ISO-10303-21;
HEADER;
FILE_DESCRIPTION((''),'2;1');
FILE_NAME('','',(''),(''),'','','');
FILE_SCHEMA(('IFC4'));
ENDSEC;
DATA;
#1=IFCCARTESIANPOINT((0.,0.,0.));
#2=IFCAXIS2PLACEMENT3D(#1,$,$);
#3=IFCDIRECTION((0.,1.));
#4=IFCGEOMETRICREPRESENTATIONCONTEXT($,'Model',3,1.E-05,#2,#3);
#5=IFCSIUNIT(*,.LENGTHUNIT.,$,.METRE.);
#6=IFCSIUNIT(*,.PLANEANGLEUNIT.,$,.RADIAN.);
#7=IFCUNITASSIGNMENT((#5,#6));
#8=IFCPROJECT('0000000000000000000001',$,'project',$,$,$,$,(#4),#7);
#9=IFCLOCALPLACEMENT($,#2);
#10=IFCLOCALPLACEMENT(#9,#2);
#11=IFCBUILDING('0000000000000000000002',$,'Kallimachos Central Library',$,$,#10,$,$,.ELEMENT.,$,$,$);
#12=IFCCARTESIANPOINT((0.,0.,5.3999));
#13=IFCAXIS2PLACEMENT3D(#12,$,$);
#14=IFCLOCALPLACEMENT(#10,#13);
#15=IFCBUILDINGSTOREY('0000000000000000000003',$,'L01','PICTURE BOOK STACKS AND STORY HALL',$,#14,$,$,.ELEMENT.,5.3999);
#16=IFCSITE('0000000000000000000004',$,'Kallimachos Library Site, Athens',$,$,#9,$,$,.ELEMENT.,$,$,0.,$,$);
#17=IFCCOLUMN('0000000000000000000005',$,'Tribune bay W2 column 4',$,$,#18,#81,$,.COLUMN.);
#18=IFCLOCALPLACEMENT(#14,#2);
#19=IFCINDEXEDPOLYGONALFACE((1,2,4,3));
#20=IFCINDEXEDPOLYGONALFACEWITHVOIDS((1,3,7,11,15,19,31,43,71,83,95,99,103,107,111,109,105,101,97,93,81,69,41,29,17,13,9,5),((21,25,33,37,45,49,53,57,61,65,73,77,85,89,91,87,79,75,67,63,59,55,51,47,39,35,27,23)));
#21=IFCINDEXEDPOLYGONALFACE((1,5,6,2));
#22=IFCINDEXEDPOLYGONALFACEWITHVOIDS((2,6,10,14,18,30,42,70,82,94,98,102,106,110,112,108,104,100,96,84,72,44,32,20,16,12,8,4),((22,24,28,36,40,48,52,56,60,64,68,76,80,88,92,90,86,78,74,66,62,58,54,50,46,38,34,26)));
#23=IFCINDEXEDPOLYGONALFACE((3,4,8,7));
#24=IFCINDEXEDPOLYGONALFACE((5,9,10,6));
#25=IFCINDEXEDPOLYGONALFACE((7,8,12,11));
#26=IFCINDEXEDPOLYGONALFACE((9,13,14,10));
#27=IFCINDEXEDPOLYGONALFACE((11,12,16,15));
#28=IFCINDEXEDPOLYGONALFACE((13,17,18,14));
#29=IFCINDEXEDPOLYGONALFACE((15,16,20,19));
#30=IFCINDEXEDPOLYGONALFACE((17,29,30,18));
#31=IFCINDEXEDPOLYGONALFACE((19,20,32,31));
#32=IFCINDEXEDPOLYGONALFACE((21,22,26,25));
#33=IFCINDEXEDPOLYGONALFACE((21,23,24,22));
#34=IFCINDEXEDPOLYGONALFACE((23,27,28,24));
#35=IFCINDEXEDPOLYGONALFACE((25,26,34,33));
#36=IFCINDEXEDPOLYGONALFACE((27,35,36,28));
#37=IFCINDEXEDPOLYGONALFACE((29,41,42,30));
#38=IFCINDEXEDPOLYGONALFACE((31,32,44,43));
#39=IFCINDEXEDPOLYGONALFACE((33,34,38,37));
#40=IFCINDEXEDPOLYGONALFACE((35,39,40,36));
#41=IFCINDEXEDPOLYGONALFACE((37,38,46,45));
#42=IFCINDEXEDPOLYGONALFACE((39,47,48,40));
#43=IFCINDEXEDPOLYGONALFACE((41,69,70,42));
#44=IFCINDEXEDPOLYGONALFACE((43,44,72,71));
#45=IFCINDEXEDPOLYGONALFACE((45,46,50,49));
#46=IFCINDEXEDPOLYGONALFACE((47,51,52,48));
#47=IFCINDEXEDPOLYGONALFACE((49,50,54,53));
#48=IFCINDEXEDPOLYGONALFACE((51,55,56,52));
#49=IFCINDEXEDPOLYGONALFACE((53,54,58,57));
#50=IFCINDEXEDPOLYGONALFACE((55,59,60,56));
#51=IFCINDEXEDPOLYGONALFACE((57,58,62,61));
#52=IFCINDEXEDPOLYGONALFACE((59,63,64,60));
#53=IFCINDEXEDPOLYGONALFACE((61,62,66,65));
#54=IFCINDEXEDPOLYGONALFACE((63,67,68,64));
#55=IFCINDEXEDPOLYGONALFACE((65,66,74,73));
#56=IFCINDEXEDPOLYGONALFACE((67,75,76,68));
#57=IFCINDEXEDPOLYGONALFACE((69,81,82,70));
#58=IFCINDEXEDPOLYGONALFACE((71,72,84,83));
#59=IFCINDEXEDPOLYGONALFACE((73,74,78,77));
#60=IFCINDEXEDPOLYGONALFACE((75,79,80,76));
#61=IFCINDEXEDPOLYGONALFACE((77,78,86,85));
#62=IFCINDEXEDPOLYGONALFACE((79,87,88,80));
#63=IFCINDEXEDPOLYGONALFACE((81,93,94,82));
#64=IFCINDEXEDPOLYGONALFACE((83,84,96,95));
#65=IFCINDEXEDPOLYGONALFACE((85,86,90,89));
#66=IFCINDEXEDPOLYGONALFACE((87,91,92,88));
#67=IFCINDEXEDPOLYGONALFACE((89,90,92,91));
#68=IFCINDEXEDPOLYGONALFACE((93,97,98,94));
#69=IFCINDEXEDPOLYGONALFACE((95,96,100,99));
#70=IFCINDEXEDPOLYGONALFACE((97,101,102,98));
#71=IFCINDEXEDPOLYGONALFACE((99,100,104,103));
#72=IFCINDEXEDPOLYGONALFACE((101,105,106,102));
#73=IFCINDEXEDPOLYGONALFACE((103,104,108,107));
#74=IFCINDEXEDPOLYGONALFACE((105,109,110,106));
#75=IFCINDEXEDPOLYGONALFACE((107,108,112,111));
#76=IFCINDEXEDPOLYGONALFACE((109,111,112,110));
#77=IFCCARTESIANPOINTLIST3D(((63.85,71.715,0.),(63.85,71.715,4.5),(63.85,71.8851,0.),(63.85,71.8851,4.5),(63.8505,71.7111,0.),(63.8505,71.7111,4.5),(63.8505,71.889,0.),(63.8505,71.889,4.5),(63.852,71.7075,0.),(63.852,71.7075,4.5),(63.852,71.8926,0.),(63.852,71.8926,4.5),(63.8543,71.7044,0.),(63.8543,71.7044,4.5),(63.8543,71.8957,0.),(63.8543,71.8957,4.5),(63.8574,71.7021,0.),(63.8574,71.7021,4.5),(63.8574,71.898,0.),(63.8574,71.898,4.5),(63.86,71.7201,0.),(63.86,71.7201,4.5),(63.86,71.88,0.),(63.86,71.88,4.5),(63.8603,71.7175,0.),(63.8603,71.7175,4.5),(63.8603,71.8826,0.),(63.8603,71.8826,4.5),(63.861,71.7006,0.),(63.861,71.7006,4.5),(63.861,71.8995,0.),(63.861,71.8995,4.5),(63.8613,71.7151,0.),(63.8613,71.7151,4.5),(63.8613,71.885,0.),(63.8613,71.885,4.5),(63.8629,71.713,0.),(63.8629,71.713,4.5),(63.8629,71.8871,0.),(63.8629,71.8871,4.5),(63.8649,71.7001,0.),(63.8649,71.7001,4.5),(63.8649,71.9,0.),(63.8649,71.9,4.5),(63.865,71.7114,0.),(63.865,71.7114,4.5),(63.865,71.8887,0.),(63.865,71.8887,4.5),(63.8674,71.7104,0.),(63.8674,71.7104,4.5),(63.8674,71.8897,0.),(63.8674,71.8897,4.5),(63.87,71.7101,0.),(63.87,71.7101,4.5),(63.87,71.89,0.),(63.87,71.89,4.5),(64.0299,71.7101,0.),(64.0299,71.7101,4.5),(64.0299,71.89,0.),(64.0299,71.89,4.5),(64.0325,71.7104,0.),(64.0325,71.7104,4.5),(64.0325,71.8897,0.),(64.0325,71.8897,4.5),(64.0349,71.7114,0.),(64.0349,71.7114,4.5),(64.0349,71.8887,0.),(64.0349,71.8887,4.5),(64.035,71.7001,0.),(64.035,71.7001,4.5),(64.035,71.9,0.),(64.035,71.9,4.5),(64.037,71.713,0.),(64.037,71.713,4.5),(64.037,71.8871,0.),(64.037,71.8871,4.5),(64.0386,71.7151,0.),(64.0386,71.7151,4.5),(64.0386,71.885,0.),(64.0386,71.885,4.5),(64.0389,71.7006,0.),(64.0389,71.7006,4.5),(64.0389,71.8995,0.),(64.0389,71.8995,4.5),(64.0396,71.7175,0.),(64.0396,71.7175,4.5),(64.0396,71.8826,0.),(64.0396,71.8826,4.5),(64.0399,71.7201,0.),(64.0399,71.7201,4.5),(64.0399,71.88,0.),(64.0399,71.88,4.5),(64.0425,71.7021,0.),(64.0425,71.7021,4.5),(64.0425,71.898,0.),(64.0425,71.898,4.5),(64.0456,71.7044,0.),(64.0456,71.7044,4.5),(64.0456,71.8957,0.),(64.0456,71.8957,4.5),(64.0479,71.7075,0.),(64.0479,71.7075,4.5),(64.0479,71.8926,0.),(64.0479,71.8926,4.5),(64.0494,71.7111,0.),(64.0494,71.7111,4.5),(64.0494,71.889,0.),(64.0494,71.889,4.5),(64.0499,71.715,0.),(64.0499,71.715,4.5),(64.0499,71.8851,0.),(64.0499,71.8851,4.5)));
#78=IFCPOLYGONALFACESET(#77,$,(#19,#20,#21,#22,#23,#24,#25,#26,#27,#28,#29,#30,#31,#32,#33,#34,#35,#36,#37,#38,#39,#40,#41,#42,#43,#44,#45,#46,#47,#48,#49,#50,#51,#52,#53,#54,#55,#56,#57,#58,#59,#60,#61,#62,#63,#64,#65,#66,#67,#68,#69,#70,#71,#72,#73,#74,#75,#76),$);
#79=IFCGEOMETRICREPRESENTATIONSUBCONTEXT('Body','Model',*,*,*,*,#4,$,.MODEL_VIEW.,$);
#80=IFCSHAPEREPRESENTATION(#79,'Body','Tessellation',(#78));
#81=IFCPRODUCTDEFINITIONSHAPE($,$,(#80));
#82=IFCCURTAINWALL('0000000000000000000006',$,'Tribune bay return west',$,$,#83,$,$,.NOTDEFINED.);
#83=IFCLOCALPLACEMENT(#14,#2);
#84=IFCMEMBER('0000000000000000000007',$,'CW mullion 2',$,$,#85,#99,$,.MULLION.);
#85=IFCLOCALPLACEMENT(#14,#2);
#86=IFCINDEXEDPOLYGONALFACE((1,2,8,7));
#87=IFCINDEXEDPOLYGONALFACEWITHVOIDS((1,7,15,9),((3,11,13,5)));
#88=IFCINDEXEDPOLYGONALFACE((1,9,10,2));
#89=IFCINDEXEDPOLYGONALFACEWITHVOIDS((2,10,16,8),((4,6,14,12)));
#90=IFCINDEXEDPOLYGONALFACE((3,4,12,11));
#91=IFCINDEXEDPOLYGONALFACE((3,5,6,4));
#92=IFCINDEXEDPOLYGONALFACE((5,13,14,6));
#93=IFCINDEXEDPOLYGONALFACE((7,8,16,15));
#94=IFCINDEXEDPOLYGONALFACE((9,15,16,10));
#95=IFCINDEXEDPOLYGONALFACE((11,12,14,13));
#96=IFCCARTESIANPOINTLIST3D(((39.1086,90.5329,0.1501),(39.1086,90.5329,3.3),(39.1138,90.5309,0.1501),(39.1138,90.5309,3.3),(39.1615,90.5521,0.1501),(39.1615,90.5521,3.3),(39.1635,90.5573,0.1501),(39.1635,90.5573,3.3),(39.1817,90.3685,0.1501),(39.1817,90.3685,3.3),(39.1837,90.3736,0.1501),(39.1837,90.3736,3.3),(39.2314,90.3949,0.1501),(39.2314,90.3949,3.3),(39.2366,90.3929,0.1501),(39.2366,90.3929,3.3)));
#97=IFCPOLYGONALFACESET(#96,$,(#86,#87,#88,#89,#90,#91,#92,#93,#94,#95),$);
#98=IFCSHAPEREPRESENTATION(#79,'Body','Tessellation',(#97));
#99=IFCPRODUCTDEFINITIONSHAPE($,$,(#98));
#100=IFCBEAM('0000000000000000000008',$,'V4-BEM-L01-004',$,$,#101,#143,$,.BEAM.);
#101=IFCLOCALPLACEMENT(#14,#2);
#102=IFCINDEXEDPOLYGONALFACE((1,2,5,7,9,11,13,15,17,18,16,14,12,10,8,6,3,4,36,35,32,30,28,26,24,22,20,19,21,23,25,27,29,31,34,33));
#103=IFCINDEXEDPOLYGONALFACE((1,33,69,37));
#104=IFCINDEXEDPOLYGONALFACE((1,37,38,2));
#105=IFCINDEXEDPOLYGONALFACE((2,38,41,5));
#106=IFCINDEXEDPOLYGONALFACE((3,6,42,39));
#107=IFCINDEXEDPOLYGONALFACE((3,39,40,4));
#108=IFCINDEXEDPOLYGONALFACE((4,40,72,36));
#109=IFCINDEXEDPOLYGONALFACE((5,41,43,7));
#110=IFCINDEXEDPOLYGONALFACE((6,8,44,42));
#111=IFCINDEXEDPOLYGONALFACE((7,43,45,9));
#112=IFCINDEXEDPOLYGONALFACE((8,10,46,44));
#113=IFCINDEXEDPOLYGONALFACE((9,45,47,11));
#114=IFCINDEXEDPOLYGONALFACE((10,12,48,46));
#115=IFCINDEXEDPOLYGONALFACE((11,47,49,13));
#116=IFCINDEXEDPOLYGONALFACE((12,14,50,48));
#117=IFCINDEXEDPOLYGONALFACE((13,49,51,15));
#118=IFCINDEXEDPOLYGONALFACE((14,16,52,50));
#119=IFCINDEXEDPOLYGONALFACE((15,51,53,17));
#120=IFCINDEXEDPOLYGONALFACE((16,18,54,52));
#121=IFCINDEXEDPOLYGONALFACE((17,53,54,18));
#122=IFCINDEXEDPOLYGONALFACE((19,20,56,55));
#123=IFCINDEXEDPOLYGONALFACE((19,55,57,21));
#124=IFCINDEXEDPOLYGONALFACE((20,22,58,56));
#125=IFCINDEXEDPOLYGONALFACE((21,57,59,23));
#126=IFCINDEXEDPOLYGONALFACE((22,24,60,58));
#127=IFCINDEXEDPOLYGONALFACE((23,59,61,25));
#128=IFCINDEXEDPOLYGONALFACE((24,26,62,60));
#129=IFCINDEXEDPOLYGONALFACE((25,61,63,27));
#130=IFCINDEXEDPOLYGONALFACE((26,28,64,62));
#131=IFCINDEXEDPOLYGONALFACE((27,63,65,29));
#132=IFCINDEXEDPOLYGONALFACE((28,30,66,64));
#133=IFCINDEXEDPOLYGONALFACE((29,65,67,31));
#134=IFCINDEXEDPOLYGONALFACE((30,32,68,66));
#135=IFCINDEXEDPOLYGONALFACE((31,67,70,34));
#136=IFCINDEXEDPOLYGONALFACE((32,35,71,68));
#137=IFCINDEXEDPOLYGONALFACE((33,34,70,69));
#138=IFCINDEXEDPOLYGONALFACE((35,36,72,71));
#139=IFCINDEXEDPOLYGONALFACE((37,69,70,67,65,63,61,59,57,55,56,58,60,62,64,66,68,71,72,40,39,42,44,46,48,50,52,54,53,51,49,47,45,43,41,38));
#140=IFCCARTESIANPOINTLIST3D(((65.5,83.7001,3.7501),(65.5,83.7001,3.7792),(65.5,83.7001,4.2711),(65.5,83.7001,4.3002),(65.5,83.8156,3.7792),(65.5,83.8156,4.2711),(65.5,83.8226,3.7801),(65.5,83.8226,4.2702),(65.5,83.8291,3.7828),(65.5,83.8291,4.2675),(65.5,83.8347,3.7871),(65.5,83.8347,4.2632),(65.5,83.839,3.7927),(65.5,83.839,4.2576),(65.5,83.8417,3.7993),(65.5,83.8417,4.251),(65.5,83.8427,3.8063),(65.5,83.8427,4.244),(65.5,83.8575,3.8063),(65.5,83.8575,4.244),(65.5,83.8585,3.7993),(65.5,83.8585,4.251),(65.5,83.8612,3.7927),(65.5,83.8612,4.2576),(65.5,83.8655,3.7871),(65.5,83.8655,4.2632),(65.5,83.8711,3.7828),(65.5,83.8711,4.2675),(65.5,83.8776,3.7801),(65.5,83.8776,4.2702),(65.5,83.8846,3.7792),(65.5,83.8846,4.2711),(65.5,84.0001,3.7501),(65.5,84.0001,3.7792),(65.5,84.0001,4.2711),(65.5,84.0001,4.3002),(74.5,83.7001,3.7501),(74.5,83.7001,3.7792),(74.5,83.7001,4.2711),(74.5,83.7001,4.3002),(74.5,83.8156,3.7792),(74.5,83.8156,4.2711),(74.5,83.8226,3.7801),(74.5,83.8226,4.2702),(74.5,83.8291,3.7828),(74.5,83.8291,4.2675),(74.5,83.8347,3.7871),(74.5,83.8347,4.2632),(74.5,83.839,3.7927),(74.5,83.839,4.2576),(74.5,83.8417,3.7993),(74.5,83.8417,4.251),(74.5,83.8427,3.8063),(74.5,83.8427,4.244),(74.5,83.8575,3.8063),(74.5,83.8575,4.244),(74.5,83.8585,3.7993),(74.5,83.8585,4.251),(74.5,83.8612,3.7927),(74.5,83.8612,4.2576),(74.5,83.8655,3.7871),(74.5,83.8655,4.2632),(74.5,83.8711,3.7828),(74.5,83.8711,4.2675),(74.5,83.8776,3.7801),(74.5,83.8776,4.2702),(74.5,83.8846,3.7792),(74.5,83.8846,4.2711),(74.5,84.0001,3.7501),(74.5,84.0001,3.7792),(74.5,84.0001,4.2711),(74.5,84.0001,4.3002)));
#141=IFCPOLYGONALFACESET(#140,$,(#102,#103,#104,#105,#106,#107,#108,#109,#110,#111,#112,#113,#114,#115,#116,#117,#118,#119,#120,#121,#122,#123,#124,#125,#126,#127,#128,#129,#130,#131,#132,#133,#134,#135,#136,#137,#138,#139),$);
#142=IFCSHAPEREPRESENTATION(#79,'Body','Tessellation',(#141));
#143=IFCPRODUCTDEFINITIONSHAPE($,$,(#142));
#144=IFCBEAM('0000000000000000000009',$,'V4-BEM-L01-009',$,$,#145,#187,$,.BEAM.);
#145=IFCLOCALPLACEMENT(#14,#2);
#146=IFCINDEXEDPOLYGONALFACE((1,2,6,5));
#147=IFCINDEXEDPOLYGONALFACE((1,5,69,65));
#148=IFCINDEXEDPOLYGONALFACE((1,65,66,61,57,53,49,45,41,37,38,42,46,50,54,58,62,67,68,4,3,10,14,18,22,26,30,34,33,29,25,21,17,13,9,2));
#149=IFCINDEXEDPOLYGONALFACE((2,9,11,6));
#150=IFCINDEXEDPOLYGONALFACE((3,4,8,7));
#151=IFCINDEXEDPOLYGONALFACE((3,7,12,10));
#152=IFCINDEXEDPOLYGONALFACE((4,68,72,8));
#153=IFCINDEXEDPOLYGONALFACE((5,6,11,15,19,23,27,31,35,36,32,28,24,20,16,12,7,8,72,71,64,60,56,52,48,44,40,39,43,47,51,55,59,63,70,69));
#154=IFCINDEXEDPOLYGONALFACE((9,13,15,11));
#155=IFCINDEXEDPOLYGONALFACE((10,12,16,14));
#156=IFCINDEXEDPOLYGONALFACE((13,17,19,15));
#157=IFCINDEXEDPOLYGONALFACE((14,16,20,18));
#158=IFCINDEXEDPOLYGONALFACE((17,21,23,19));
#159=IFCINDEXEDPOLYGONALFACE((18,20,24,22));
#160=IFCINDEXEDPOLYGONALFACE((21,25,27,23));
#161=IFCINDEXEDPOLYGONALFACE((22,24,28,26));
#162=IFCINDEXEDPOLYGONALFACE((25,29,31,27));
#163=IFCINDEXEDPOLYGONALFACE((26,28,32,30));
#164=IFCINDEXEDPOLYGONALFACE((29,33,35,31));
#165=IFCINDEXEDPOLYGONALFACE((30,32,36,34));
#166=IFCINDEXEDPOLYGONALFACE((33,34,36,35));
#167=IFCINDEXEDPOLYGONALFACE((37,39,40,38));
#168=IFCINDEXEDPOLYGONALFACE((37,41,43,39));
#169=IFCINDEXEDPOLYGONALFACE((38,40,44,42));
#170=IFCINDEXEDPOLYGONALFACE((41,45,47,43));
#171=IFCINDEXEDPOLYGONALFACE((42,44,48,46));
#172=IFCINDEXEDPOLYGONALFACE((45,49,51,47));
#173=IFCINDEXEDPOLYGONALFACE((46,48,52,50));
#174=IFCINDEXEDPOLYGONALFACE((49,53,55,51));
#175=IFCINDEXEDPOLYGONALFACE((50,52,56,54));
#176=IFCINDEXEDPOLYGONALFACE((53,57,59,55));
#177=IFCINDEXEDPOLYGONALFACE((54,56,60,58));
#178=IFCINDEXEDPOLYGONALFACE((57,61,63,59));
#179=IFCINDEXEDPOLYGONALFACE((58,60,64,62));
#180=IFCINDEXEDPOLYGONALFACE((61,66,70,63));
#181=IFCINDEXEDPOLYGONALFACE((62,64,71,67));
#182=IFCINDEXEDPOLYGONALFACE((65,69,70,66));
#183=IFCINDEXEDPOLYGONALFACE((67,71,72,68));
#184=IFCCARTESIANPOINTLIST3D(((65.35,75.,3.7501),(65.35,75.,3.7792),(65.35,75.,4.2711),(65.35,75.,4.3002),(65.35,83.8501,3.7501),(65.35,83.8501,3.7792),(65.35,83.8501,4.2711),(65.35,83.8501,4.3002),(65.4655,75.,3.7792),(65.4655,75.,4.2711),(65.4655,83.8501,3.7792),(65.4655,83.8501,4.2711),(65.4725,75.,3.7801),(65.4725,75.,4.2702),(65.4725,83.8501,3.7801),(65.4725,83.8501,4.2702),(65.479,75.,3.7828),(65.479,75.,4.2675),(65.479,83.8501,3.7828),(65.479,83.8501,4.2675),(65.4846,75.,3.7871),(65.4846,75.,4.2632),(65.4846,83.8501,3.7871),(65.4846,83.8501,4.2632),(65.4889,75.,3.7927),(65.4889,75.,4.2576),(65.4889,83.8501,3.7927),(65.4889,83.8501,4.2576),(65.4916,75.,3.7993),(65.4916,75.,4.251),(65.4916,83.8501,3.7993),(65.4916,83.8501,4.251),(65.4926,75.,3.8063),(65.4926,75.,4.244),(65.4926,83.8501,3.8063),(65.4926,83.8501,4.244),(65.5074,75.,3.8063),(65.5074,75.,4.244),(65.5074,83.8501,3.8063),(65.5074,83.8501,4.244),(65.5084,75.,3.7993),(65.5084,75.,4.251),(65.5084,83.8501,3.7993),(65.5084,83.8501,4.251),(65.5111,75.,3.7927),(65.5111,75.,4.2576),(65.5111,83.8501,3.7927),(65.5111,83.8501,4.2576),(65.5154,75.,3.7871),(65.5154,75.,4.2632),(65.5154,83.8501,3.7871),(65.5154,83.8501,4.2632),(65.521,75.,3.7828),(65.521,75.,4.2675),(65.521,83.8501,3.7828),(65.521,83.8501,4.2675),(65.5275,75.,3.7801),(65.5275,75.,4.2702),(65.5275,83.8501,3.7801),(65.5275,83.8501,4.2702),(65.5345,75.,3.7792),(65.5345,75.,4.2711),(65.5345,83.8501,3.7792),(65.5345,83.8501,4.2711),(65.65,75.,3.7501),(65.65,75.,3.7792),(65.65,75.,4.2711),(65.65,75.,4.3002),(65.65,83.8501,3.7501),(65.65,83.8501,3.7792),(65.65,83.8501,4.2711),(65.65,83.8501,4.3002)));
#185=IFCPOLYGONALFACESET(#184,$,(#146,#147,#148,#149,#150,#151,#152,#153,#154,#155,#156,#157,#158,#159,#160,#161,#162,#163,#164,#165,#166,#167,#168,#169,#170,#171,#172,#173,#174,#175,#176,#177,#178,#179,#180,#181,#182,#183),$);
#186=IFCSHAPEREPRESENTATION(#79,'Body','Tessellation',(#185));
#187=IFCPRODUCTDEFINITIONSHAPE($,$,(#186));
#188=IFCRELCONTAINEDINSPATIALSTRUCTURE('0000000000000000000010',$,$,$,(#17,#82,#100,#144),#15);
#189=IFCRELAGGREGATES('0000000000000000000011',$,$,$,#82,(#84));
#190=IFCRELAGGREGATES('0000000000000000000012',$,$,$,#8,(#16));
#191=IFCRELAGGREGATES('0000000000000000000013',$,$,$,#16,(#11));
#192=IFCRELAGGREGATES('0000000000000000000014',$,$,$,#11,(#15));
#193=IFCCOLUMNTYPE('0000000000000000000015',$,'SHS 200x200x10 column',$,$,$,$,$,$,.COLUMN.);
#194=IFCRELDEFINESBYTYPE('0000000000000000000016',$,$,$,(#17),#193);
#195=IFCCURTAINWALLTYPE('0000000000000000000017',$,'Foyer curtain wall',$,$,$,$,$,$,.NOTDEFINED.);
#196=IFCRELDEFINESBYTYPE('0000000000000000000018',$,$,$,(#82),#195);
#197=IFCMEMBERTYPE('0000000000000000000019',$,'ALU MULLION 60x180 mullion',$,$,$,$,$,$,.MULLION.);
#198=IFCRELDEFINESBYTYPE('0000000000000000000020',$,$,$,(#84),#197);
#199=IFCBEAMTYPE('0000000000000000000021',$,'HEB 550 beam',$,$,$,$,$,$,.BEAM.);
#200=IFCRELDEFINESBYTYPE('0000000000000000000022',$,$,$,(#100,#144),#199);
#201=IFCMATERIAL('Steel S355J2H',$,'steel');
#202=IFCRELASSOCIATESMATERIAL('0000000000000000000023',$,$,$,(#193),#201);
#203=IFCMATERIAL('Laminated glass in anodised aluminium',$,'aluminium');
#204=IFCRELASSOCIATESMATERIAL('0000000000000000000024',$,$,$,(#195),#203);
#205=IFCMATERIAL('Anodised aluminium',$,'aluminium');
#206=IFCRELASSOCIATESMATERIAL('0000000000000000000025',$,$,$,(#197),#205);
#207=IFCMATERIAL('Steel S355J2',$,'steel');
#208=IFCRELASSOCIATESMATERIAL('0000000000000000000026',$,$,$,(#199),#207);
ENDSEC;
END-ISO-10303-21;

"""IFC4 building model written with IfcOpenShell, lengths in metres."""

from ifc_helpers import new_model, si_unit, direction, frame, origin, origin_2d, place, context, subcontext, project, spatial, hollow_rectangle, i_section, extrude, material, material_profile, profile_set, type_object, element, aggregate, save


model = new_model("IFC4")

# Units and contexts
model_context = context("Model", 3, precision=1e-05, world=origin(), true_north=direction((0.0, 1.0)))
body_context = subcontext(model_context, "Body", "Model", "MODEL_VIEW")
ifc_project = project(units=[si_unit("LENGTHUNIT", "METRE"), si_unit("PLANEANGLEUNIT", "RADIAN")], contexts=[model_context])

# Site, building, storey
site_placement = place(None, origin())
site = spatial("IfcSite", under=ifc_project, at=site_placement, Name="Kallimachos Library Site, Athens", CompositionType="ELEMENT", RefElevation=0.0)
building_placement = place(site_placement, origin())
building = spatial("IfcBuilding", under=site, at=building_placement, Name="Kallimachos Central Library", CompositionType="ELEMENT")
storey_placement = place(building_placement, frame((0.0, 0.0, 5.3999)))
storey = spatial("IfcBuildingStorey", under=building, at=storey_placement, Name="L01", Description="PICTURE BOOK STACKS AND STORY HALL", CompositionType="ELEMENT", Elevation=5.3999)

# Column
ifc_material_1 = material(Name="Steel S355J2H", Category="steel")
ifc_material_profile_1 = material_profile(ifc_material_1, hollow_rectangle(XDim=0.2, YDim=0.2, WallThickness=0.01, InnerFilletRadius=0.01, OuterFilletRadius=0.0149, at=origin_2d()), Name="SHS 200x200x10")
ifc_profile_set_1 = profile_set([ifc_material_profile_1], Name="Steel S355J2H")
column_type_1 = type_object("IfcColumnType", Name="SHS 200x200x10 column", PredefinedType="COLUMN", material=ifc_profile_set_1)
for number, where, z_axis, x_axis, name in (
    (1, (63.95, 71.8, 0.0), (0.0, 0.0, 1.0), (1.0, 0.0, 0.0), "Tribune bay W2 column 4"),
):
    element("IfcColumn", number, at=place(storey_placement, frame(where, z_axis=z_axis, x_axis=x_axis)), inside=storey, type_object=column_type_1, Name=name, PredefinedType="COLUMN", context=body_context, shape_type="SweptSolid", body=[
        extrude(hollow_rectangle(XDim=0.2, YDim=0.2, WallThickness=0.01, InnerFilletRadius=0.01, OuterFilletRadius=0.0149, at=origin_2d()), origin(), (0.0, 0.0, 1.0), 4.5),
    ])

# Curtain wall, member
ifc_material_2 = material(Name="Laminated glass in anodised aluminium", Category="aluminium")
curtain_wall_type = type_object("IfcCurtainWallType", Name="Foyer curtain wall", PredefinedType="NOTDEFINED", material=ifc_material_2)
curtain_wall_placement = place(storey_placement, origin())
curtain_wall = element("IfcCurtainWall", 2, at=curtain_wall_placement, inside=storey, type_object=curtain_wall_type, Name="Tribune bay return west", PredefinedType="NOTDEFINED")
ifc_material_3 = material(Name="Anodised aluminium", Category="aluminium")
ifc_material_profile_2 = material_profile(ifc_material_3, hollow_rectangle(XDim=0.0601, YDim=0.1799, WallThickness=0.0039, at=origin_2d()), Name="ALU MULLION 60x180")
ifc_profile_set_2 = profile_set([ifc_material_profile_2], Name="Anodised aluminium")
member_type = type_object("IfcMemberType", Name="ALU MULLION 60x180 mullion", PredefinedType="MULLION", material=ifc_profile_set_2)
member_placement = place(storey_placement, frame((39.1726, 90.4629, 0.1501), z_axis=(0.0, 0.0, 1.0), x_axis=(0.913812, 0.406138, 0.0)))
member = element("IfcMember", 3, at=member_placement, type_object=member_type, Name="CW mullion 2", PredefinedType="MULLION", context=body_context, shape_type="SweptSolid", body=[
    extrude(hollow_rectangle(XDim=0.0601, YDim=0.1799, WallThickness=0.0039, at=origin_2d()), origin(), (0.0, 0.0, 1.0), 3.1499),
])
aggregate(curtain_wall, [member])

# Beams
ifc_material_4 = material(Name="Steel S355J2", Category="steel")
ifc_material_profile_3 = material_profile(ifc_material_4, i_section(OverallWidth=0.3, OverallDepth=0.55, WebThickness=0.0149, FlangeThickness=0.0291, FilletRadius=0.0271, at=origin_2d()), Name="HEB 550")
ifc_profile_set_3 = profile_set([ifc_material_profile_3], Name="Steel S355J2")
beam_type = type_object("IfcBeamType", Name="HEB 550 beam", PredefinedType="BEAM", material=ifc_profile_set_3)
beam_1_placement = place(storey_placement, frame((65.5, 83.8501, 4.0251), z_axis=(1.0, 0.0, 0.0), x_axis=(0.0, 1.0, 0.0)))
element("IfcBeam", 4, at=beam_1_placement, inside=storey, type_object=beam_type, Name="V4-BEM-L01-004", PredefinedType="BEAM", context=body_context, shape_type="SweptSolid", body=[
    extrude(i_section(OverallWidth=0.3, OverallDepth=0.55, WebThickness=0.0149, FlangeThickness=0.0291, FilletRadius=0.0271, at=origin_2d()), origin(), (0.0, 0.0, 1.0), 9.0),
])
beam_2_placement = place(storey_placement, frame((65.5, 75.0, 4.0251), z_axis=(0.0, 1.0, 0.0), x_axis=(-1.0, 0.0, 0.0)))
element("IfcBeam", 5, at=beam_2_placement, inside=storey, type_object=beam_type, Name="V4-BEM-L01-009", PredefinedType="BEAM", context=body_context, shape_type="SweptSolid", body=[
    extrude(i_section(OverallWidth=0.3, OverallDepth=0.55, WebThickness=0.0149, FlangeThickness=0.0291, FilletRadius=0.0271, at=origin_2d()), origin(), (0.0, 0.0, 1.0), 8.8501),
])

save(model, "model.ifc")
